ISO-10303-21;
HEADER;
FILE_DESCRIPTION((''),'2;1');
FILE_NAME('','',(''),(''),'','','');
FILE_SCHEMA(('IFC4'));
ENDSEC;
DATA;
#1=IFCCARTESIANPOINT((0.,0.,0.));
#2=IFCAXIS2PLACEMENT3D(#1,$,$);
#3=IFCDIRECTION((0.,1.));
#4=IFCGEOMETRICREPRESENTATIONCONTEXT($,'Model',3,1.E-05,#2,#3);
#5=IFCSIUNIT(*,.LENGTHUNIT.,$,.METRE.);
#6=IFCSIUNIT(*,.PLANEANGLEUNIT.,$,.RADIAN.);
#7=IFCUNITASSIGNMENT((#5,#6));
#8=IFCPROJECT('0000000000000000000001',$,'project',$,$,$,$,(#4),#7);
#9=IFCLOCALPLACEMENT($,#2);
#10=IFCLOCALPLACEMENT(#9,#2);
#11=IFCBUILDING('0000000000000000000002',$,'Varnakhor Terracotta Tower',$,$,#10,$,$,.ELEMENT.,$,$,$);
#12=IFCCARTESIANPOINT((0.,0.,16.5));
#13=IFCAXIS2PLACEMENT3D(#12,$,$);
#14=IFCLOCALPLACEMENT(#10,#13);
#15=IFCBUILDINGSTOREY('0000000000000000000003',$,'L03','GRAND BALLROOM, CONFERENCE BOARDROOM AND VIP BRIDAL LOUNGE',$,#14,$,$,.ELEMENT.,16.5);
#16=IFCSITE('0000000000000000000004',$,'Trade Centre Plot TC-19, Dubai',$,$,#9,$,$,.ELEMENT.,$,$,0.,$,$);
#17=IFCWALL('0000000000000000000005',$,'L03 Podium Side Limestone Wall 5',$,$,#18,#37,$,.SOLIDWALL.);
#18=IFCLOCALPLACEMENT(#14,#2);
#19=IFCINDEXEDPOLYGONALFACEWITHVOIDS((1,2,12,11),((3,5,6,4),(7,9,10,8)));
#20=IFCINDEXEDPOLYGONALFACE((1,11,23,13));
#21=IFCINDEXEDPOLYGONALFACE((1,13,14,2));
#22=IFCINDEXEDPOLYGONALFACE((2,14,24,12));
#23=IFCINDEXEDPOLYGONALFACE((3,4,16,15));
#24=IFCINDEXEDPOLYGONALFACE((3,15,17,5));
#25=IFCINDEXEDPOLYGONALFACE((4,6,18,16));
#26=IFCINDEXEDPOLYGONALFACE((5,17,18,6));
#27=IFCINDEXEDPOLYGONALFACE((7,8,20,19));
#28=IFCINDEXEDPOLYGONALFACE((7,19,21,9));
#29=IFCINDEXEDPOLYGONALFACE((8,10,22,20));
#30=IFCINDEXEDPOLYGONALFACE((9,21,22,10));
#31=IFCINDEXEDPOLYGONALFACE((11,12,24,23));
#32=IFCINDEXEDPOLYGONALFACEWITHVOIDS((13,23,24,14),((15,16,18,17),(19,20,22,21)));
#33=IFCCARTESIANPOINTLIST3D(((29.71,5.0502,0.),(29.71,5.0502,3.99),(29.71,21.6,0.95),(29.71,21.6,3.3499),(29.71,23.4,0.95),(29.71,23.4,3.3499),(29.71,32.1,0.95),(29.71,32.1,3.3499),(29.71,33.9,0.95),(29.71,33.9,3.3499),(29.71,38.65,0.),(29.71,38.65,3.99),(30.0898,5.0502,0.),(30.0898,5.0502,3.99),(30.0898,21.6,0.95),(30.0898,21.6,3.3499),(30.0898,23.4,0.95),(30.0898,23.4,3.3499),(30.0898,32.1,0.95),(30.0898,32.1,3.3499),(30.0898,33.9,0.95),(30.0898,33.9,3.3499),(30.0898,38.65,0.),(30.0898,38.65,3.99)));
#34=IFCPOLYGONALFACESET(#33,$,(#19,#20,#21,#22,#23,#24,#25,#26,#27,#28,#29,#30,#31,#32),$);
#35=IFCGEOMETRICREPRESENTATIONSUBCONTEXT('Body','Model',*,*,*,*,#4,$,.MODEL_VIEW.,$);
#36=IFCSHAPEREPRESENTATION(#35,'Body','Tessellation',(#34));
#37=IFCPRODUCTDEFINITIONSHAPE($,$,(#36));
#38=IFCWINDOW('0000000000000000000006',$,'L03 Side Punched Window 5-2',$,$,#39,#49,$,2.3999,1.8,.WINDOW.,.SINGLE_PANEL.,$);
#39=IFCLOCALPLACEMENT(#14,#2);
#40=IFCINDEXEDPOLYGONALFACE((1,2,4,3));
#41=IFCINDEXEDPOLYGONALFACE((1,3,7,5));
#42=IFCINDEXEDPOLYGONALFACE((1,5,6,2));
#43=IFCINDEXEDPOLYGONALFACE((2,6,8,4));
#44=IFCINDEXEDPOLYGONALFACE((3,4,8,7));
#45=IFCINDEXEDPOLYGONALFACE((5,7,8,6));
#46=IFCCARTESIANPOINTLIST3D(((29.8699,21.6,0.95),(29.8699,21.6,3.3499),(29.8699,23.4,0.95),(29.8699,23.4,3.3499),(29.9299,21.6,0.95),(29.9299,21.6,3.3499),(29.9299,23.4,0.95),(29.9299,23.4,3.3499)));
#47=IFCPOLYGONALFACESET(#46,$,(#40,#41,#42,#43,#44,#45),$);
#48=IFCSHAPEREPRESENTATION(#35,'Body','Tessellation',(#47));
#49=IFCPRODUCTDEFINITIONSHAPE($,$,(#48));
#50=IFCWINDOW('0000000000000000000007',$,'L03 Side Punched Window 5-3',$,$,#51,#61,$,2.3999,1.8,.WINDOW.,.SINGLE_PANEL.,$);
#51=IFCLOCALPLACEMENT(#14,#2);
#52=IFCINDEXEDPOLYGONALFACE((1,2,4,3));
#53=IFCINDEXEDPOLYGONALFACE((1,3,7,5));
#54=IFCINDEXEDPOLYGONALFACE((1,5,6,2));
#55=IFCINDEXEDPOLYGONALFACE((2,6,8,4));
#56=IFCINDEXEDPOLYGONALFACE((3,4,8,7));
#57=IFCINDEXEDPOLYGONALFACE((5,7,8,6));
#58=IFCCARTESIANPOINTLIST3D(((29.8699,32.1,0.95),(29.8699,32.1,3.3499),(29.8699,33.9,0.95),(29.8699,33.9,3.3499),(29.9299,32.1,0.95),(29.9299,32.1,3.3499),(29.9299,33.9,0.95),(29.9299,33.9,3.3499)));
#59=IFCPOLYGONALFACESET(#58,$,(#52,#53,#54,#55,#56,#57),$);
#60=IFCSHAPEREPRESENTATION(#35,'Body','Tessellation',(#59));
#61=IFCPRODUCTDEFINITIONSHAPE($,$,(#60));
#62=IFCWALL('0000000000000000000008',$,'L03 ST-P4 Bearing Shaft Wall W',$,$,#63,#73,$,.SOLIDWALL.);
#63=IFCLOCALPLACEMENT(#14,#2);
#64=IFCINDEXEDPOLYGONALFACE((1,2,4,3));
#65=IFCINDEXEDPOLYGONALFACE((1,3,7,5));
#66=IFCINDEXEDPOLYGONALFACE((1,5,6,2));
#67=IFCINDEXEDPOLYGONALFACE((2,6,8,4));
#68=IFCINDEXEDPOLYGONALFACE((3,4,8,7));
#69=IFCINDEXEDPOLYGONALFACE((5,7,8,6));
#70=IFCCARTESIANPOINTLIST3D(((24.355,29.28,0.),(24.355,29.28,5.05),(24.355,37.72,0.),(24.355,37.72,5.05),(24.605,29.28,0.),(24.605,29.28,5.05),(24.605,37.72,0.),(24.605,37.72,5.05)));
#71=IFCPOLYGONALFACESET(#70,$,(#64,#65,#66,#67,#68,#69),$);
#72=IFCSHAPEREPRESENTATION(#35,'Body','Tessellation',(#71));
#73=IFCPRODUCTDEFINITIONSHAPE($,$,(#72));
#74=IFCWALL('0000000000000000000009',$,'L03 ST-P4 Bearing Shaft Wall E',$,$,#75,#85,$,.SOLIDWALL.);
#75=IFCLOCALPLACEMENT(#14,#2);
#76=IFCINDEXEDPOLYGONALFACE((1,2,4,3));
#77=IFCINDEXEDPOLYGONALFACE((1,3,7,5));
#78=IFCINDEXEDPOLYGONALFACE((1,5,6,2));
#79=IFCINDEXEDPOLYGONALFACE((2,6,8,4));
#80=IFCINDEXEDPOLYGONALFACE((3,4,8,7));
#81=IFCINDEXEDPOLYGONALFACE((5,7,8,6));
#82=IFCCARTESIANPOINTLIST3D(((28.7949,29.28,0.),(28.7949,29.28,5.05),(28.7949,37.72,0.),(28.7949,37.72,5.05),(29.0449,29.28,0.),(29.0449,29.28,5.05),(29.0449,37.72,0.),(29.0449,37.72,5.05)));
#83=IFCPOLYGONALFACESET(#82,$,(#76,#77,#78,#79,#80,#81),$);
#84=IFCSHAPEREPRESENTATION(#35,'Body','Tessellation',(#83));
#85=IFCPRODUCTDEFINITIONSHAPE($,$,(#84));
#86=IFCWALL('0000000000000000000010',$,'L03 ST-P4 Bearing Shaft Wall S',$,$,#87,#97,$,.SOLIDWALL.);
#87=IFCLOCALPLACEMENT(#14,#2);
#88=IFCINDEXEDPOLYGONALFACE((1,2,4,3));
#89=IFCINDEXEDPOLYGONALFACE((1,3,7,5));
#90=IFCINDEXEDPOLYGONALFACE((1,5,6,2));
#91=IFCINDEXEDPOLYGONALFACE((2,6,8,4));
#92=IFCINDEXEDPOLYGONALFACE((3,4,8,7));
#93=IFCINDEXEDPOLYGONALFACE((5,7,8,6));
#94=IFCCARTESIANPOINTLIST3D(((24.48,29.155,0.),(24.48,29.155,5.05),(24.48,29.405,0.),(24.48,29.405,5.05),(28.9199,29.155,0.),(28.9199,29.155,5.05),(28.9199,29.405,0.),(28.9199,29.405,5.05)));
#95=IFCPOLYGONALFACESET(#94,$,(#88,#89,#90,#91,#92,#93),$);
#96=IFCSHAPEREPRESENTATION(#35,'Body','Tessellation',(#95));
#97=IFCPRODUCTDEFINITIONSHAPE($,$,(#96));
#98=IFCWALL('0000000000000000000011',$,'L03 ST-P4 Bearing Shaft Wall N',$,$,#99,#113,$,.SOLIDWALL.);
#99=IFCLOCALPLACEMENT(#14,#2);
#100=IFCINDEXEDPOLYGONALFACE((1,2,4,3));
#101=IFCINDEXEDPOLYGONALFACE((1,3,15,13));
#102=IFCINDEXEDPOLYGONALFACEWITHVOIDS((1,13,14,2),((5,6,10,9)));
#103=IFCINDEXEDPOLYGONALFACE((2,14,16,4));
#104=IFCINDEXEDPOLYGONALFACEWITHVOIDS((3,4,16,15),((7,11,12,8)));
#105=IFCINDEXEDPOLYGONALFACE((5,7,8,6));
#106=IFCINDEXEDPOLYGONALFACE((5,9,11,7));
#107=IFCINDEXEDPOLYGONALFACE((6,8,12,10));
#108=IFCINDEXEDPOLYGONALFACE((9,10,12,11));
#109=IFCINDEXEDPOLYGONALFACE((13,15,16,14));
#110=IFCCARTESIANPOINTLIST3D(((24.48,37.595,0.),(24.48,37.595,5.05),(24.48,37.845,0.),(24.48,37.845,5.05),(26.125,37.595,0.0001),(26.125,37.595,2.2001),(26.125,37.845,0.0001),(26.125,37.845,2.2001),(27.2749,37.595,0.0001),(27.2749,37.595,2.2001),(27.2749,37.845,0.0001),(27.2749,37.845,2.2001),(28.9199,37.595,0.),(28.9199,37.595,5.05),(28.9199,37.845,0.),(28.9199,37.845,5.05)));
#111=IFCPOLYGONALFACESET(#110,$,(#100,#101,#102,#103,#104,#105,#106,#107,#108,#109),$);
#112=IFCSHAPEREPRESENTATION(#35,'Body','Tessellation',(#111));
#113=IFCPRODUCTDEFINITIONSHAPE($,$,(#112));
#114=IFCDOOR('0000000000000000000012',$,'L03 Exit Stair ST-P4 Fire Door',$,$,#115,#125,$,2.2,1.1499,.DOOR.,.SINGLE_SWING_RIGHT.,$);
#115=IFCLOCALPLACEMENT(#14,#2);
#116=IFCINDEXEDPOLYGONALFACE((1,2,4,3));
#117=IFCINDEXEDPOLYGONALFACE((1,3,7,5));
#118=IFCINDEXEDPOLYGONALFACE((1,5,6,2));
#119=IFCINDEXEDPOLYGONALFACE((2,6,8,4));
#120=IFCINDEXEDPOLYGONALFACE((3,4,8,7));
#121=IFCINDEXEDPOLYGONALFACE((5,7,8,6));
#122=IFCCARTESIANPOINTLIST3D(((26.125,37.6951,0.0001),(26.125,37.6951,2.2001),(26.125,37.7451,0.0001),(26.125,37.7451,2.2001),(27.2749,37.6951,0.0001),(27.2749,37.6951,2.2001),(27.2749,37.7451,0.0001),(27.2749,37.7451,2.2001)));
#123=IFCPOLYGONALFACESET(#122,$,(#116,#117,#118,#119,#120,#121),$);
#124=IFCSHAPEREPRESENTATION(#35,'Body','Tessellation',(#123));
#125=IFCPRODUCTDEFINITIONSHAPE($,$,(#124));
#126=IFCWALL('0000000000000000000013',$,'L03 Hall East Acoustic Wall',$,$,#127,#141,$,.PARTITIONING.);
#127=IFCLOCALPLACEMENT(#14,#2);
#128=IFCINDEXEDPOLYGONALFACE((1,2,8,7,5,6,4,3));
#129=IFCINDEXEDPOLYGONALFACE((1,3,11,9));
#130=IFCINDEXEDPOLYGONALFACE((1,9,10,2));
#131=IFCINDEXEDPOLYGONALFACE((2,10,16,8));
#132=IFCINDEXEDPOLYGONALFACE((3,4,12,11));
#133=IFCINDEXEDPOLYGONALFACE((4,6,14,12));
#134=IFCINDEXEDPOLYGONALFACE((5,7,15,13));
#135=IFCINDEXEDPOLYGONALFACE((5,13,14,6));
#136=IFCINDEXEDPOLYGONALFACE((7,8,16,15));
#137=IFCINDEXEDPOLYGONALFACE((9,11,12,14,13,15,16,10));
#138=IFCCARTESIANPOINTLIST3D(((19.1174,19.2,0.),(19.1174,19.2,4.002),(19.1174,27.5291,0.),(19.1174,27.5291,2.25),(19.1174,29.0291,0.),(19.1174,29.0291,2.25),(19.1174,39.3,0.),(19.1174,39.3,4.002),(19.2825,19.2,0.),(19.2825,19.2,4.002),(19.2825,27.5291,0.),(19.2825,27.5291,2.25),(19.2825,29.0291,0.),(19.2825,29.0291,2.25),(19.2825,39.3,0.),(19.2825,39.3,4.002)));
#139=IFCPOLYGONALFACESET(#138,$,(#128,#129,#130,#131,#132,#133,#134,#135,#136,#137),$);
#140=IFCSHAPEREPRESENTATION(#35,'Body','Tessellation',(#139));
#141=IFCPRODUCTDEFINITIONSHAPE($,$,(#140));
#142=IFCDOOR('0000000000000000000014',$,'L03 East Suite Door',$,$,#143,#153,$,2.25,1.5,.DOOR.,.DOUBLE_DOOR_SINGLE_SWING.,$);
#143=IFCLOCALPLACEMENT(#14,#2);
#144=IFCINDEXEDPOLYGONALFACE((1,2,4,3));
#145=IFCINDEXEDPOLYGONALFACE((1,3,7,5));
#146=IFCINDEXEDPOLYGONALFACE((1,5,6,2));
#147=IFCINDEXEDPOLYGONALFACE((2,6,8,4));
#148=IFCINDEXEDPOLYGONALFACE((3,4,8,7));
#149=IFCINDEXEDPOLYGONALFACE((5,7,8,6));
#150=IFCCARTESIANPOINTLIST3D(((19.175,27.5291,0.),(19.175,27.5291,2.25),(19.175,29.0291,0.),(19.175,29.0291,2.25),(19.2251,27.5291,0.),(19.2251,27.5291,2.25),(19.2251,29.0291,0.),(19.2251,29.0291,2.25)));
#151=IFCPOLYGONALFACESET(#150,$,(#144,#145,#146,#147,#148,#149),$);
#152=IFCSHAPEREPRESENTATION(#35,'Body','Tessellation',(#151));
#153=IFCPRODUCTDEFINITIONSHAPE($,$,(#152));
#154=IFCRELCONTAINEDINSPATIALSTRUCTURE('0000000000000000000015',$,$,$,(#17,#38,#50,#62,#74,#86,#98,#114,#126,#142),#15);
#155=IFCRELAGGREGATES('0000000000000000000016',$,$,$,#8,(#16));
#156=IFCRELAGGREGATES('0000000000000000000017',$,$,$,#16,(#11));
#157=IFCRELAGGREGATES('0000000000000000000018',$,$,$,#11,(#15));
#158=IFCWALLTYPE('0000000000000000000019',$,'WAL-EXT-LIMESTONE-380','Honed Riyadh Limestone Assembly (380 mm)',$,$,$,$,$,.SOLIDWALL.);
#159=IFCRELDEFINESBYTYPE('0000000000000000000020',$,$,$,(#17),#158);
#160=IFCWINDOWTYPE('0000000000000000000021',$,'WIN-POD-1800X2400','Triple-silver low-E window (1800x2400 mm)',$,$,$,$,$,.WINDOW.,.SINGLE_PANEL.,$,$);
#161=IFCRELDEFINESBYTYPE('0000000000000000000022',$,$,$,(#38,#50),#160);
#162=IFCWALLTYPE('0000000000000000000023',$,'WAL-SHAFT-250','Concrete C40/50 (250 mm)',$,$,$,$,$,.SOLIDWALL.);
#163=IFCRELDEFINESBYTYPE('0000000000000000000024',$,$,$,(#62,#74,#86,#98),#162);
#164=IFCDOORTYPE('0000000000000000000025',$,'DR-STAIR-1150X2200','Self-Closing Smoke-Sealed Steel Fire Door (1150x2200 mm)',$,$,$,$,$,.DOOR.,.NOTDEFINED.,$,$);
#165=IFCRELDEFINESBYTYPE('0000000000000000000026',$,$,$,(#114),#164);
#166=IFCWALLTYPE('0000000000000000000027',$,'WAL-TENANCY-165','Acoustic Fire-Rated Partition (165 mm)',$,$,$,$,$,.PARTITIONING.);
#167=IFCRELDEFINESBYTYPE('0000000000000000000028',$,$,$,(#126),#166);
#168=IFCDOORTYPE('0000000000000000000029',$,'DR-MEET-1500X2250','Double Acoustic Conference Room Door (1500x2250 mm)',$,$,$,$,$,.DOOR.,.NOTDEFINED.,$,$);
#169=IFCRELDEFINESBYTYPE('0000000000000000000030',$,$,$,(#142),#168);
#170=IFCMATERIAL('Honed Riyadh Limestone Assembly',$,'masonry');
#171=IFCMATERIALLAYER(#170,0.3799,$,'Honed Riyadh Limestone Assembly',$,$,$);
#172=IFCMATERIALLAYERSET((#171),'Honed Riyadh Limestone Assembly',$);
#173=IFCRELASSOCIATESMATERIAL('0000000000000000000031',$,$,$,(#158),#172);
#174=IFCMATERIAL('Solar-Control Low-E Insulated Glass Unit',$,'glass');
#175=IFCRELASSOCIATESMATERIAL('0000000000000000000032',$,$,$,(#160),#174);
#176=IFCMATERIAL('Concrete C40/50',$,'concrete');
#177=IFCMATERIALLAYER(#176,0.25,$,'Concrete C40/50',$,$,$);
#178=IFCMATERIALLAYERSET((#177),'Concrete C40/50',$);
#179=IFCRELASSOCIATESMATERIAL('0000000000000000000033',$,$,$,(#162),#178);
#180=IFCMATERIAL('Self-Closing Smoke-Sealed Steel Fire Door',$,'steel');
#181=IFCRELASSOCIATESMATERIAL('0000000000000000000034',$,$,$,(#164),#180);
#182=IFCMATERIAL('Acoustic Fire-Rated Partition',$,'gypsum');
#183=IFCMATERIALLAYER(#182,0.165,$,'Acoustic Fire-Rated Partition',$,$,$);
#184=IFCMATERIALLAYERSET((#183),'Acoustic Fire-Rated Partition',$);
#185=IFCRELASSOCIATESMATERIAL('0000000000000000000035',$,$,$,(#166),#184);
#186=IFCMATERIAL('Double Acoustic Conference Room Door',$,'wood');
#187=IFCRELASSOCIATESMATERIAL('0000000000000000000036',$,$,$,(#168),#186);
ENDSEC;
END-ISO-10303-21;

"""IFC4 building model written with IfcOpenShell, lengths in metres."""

from ifc_helpers import new_model, si_unit, direction, frame, frame_2d, origin, place, context, subcontext, project, spatial, rectangle, extrude, source, transform, mapped, material, layer, layer_set, type_object, type_shapes, element, fill, save


model = new_model("IFC4")

# Units and contexts
model_context = context("Model", 3, precision=1e-05, world=origin(), true_north=direction((0.0, 1.0)))
body_context = subcontext(model_context, "Body", "Model", "MODEL_VIEW")
ifc_project = project(units=[si_unit("LENGTHUNIT", "METRE"), si_unit("PLANEANGLEUNIT", "RADIAN")], contexts=[model_context])

# Site, building, storey
site_placement = place(None, origin())
site = spatial("IfcSite", under=ifc_project, at=site_placement, Name="Trade Centre Plot TC-19, Dubai", CompositionType="ELEMENT", RefElevation=0.0)
building_placement = place(site_placement, origin())
building = spatial("IfcBuilding", under=site, at=building_placement, Name="Varnakhor Terracotta Tower", CompositionType="ELEMENT")
storey_placement = place(building_placement, frame((0.0, 0.0, 16.5)))
storey = spatial("IfcBuildingStorey", under=building, at=storey_placement, Name="L03", Description="GRAND BALLROOM, CONFERENCE BOARDROOM AND VIP BRIDAL LOUNGE", CompositionType="ELEMENT", Elevation=16.5)

# Shared definitions
ifc_material_1 = material(Name="Honed Riyadh Limestone Assembly", Category="masonry")
ifc_layer_1 = layer(ifc_material_1, 0.3799, Name="Honed Riyadh Limestone Assembly")
ifc_layer_set_1 = layer_set([ifc_layer_1], Name="Honed Riyadh Limestone Assembly")
wall_type_1 = type_object("IfcWallType", Name="WAL-EXT-LIMESTONE-380", Description="Honed Riyadh Limestone Assembly (380 mm)", PredefinedType="SOLIDWALL", material=ifc_layer_set_1)

# Wall, openings, windows
wall_1_placement = place(storey_placement, frame((29.8999, 38.6499, 0.0), z_axis=(0.0, 0.0, 1.0), x_axis=(0.0, -1.0, 0.0)))
wall_1 = element("IfcWall", 1, at=wall_1_placement, inside=storey, type_object=wall_type_1, Name="L03 Podium Side Limestone Wall 5", PredefinedType="SOLIDWALL", context=body_context, shape_type="SweptSolid", body=[
    extrude(rectangle(XDim=33.5999, YDim=0.3799, at=frame_2d((16.7998, 0.0))), origin(), (0.0, 0.0, 1.0), 3.99),
])
opening_1_placement = place(wall_1_placement, frame((15.25, 0.0, 0.95)))
opening_1 = element("IfcOpeningElement", 2, at=opening_1_placement, cuts=wall_1, PredefinedType="OPENING", context=body_context, shape_type="SweptSolid", body=[
    extrude(rectangle(XDim=1.8, YDim=2.3999, at=frame_2d((0.8999, 1.2))), frame((0.0, 0.2, 0.0), z_axis=(0.0, -1.0, 0.0), x_axis=(1.0, 0.0, 0.0)), (0.0, 0.0, 1.0), 0.3999),
])
opening_2_placement = place(wall_1_placement, frame((4.75, 0.0, 0.95)))
opening_2 = element("IfcOpeningElement", 3, at=opening_2_placement, cuts=wall_1, PredefinedType="OPENING", context=body_context, shape_type="SweptSolid", body=[
    extrude(rectangle(XDim=1.8, YDim=2.3999, at=frame_2d((0.8999, 1.2))), frame((0.0, 0.2, 0.0), z_axis=(0.0, -1.0, 0.0), x_axis=(1.0, 0.0, 0.0)), (0.0, 0.0, 1.0), 0.3999),
])
ifc_material_2 = material(Name="Solar-Control Low-E Insulated Glass Unit", Category="glass")
window_type = type_object("IfcWindowType", Name="WIN-POD-1800X2400", Description="Triple-silver low-E window (1800x2400 mm)", PartitioningType="SINGLE_PANEL", PredefinedType="WINDOW", material=ifc_material_2)
shared_shape_1 = source(origin(), body_context, "Body", "SweptSolid", [
    extrude(rectangle(XDim=1.8, YDim=2.3999, at=frame_2d((0.8999, 1.2))), frame((0.0, 0.03, 0.0), z_axis=(0.0, -1.0, 0.0), x_axis=(1.0, 0.0, 0.0)), (0.0, 0.0, 1.0), 0.0601),
])
type_shapes(window_type, [shared_shape_1])
window_1_placement = place(opening_1_placement, origin())
window_1 = element("IfcWindow", 4, at=window_1_placement, inside=storey, type_object=window_type, Name="L03 Side Punched Window 5-2", OverallHeight=2.3999, OverallWidth=1.8, PartitioningType="SINGLE_PANEL", PredefinedType="WINDOW", context=body_context, shape_type="MappedRepresentation", body=[
    mapped(shared_shape_1, transform((0.0, 0.0, 0.0), scale=1.0)),
])
fill(opening_1, window_1)
window_2_placement = place(opening_2_placement, origin())
window_2 = element("IfcWindow", 5, at=window_2_placement, inside=storey, type_object=window_type, Name="L03 Side Punched Window 5-3", OverallHeight=2.3999, OverallWidth=1.8, PartitioningType="SINGLE_PANEL", PredefinedType="WINDOW", context=body_context, shape_type="MappedRepresentation", body=[
    mapped(shared_shape_1, transform((0.0, 0.0, 0.0), scale=1.0)),
])
fill(opening_2, window_2)

# Walls
ifc_material_3 = material(Name="Concrete C40/50", Category="concrete")
ifc_layer_2 = layer(ifc_material_3, 0.25, Name="Concrete C40/50")
ifc_layer_set_2 = layer_set([ifc_layer_2], Name="Concrete C40/50")
wall_type_2 = type_object("IfcWallType", Name="WAL-SHAFT-250", Description="Concrete C40/50 (250 mm)", PredefinedType="SOLIDWALL", material=ifc_layer_set_2)
for number, where, z_axis, x_axis, name in (
    (6, (24.48, 29.28, 0.0), (0.0, 0.0, 1.0), (0.0, 1.0, 0.0), "L03 ST-P4 Bearing Shaft Wall W"),
    (7, (28.9199, 29.28, 0.0), (0.0, 0.0, 1.0), (0.0, 1.0, 0.0), "L03 ST-P4 Bearing Shaft Wall E"),
):
    element("IfcWall", number, at=place(storey_placement, frame(where, z_axis=z_axis, x_axis=x_axis)), inside=storey, type_object=wall_type_2, Name=name, PredefinedType="SOLIDWALL", context=body_context, shape_type="SweptSolid", body=[
        extrude(rectangle(XDim=8.4399, YDim=0.25, at=frame_2d((4.22, 0.0))), origin(), (0.0, 0.0, 1.0), 5.05),
    ])
wall_2_placement = place(storey_placement, frame((24.48, 29.28, 0.0), z_axis=(0.0, 0.0, 1.0), x_axis=(1.0, 0.0, 0.0)))
element("IfcWall", 8, at=wall_2_placement, inside=storey, type_object=wall_type_2, Name="L03 ST-P4 Bearing Shaft Wall S", PredefinedType="SOLIDWALL", context=body_context, shape_type="SweptSolid", body=[
    extrude(rectangle(XDim=4.4399, YDim=0.25, at=frame_2d((2.22, 0.0))), origin(), (0.0, 0.0, 1.0), 5.05),
])

# Walls, openings, doors
wall_3_placement = place(storey_placement, frame((28.9199, 37.72, 0.0), z_axis=(0.0, 0.0, 1.0), x_axis=(-1.0, 0.0, 0.0)))
wall_3 = element("IfcWall", 9, at=wall_3_placement, inside=storey, type_object=wall_type_2, Name="L03 ST-P4 Bearing Shaft Wall N", PredefinedType="SOLIDWALL", context=body_context, shape_type="SweptSolid", body=[
    extrude(rectangle(XDim=4.4399, YDim=0.25, at=frame_2d((2.22, 0.0))), origin(), (0.0, 0.0, 1.0), 5.05),
])
opening_3_placement = place(wall_3_placement, frame((1.645, 0.0, 0.0)))
opening_3 = element("IfcOpeningElement", 10, at=opening_3_placement, cuts=wall_3, PredefinedType="OPENING", context=body_context, shape_type="SweptSolid", body=[
    extrude(rectangle(XDim=1.1499, YDim=2.2, at=frame_2d((0.575, 1.1001))), frame((0.0, 0.135, 0.0), z_axis=(0.0, -1.0, 0.0), x_axis=(1.0, 0.0, 0.0)), (0.0, 0.0, 1.0), 0.27),
])
ifc_material_4 = material(Name="Self-Closing Smoke-Sealed Steel Fire Door", Category="steel")
door_type_1 = type_object("IfcDoorType", Name="DR-STAIR-1150X2200", Description="Self-Closing Smoke-Sealed Steel Fire Door (1150x2200 mm)", OperationType="NOTDEFINED", PredefinedType="DOOR", material=ifc_material_4)
shared_shape_2 = source(origin(), body_context, "Body", "SweptSolid", [
    extrude(rectangle(XDim=1.1499, YDim=2.2, at=frame_2d((0.575, 1.1001))), frame((0.0, 0.0249, 0.0), z_axis=(0.0, -1.0, 0.0), x_axis=(1.0, 0.0, 0.0)), (0.0, 0.0, 1.0), 0.05),
])
type_shapes(door_type_1, [shared_shape_2])
door_1_placement = place(opening_3_placement, origin())
door_1 = element("IfcDoor", 11, at=door_1_placement, inside=storey, type_object=door_type_1, Name="L03 Exit Stair ST-P4 Fire Door", OperationType="SINGLE_SWING_RIGHT", OverallHeight=2.2, OverallWidth=1.1499, PredefinedType="DOOR", context=body_context, shape_type="MappedRepresentation", body=[
    mapped(shared_shape_2, transform((0.0, 0.0, 0.0), scale=1.0)),
])
fill(opening_3, door_1)
ifc_material_5 = material(Name="Acoustic Fire-Rated Partition", Category="gypsum")
ifc_layer_3 = layer(ifc_material_5, 0.165, Name="Acoustic Fire-Rated Partition")
ifc_layer_set_3 = layer_set([ifc_layer_3], Name="Acoustic Fire-Rated Partition")
wall_type_3 = type_object("IfcWallType", Name="WAL-TENANCY-165", Description="Acoustic Fire-Rated Partition (165 mm)", PredefinedType="PARTITIONING", material=ifc_layer_set_3)
wall_4_placement = place(storey_placement, frame((19.2, 19.2, 0.0), z_axis=(0.0, 0.0, 1.0), x_axis=(0.0, 1.0, 0.0)))
wall_4 = element("IfcWall", 12, at=wall_4_placement, inside=storey, type_object=wall_type_3, Name="L03 Hall East Acoustic Wall", PredefinedType="PARTITIONING", context=body_context, shape_type="SweptSolid", body=[
    extrude(rectangle(XDim=20.1001, YDim=0.165, at=frame_2d((10.05, 0.0))), origin(), (0.0, 0.0, 1.0), 4.002),
])
opening_4_placement = place(wall_4_placement, frame((8.3291, 0.0, 0.0)))
opening_4 = element("IfcOpeningElement", 13, at=opening_4_placement, cuts=wall_4, PredefinedType="OPENING", context=body_context, shape_type="SweptSolid", body=[
    extrude(rectangle(XDim=1.5, YDim=2.25, at=frame_2d((0.75, 1.125))), frame((0.0, 0.0925, 0.0), z_axis=(0.0, -1.0, 0.0), x_axis=(1.0, 0.0, 0.0)), (0.0, 0.0, 1.0), 0.1851),
])
ifc_material_6 = material(Name="Double Acoustic Conference Room Door", Category="wood")
door_type_2 = type_object("IfcDoorType", Name="DR-MEET-1500X2250", Description="Double Acoustic Conference Room Door (1500x2250 mm)", OperationType="NOTDEFINED", PredefinedType="DOOR", material=ifc_material_6)
shared_shape_3 = source(origin(), body_context, "Body", "SweptSolid", [
    extrude(rectangle(XDim=1.5, YDim=2.25, at=frame_2d((0.75, 1.125))), frame((0.0, 0.0249, 0.0), z_axis=(0.0, -1.0, 0.0), x_axis=(1.0, 0.0, 0.0)), (0.0, 0.0, 1.0), 0.05),
])
type_shapes(door_type_2, [shared_shape_3])
door_2_placement = place(opening_4_placement, origin())
door_2 = element("IfcDoor", 14, at=door_2_placement, inside=storey, type_object=door_type_2, Name="L03 East Suite Door", OperationType="DOUBLE_DOOR_SINGLE_SWING", OverallHeight=2.25, OverallWidth=1.5, PredefinedType="DOOR", context=body_context, shape_type="MappedRepresentation", body=[
    mapped(shared_shape_3, transform((0.0, 0.0, 0.0), scale=1.0)),
])
fill(opening_4, door_2)

save(model, "model.ifc")
